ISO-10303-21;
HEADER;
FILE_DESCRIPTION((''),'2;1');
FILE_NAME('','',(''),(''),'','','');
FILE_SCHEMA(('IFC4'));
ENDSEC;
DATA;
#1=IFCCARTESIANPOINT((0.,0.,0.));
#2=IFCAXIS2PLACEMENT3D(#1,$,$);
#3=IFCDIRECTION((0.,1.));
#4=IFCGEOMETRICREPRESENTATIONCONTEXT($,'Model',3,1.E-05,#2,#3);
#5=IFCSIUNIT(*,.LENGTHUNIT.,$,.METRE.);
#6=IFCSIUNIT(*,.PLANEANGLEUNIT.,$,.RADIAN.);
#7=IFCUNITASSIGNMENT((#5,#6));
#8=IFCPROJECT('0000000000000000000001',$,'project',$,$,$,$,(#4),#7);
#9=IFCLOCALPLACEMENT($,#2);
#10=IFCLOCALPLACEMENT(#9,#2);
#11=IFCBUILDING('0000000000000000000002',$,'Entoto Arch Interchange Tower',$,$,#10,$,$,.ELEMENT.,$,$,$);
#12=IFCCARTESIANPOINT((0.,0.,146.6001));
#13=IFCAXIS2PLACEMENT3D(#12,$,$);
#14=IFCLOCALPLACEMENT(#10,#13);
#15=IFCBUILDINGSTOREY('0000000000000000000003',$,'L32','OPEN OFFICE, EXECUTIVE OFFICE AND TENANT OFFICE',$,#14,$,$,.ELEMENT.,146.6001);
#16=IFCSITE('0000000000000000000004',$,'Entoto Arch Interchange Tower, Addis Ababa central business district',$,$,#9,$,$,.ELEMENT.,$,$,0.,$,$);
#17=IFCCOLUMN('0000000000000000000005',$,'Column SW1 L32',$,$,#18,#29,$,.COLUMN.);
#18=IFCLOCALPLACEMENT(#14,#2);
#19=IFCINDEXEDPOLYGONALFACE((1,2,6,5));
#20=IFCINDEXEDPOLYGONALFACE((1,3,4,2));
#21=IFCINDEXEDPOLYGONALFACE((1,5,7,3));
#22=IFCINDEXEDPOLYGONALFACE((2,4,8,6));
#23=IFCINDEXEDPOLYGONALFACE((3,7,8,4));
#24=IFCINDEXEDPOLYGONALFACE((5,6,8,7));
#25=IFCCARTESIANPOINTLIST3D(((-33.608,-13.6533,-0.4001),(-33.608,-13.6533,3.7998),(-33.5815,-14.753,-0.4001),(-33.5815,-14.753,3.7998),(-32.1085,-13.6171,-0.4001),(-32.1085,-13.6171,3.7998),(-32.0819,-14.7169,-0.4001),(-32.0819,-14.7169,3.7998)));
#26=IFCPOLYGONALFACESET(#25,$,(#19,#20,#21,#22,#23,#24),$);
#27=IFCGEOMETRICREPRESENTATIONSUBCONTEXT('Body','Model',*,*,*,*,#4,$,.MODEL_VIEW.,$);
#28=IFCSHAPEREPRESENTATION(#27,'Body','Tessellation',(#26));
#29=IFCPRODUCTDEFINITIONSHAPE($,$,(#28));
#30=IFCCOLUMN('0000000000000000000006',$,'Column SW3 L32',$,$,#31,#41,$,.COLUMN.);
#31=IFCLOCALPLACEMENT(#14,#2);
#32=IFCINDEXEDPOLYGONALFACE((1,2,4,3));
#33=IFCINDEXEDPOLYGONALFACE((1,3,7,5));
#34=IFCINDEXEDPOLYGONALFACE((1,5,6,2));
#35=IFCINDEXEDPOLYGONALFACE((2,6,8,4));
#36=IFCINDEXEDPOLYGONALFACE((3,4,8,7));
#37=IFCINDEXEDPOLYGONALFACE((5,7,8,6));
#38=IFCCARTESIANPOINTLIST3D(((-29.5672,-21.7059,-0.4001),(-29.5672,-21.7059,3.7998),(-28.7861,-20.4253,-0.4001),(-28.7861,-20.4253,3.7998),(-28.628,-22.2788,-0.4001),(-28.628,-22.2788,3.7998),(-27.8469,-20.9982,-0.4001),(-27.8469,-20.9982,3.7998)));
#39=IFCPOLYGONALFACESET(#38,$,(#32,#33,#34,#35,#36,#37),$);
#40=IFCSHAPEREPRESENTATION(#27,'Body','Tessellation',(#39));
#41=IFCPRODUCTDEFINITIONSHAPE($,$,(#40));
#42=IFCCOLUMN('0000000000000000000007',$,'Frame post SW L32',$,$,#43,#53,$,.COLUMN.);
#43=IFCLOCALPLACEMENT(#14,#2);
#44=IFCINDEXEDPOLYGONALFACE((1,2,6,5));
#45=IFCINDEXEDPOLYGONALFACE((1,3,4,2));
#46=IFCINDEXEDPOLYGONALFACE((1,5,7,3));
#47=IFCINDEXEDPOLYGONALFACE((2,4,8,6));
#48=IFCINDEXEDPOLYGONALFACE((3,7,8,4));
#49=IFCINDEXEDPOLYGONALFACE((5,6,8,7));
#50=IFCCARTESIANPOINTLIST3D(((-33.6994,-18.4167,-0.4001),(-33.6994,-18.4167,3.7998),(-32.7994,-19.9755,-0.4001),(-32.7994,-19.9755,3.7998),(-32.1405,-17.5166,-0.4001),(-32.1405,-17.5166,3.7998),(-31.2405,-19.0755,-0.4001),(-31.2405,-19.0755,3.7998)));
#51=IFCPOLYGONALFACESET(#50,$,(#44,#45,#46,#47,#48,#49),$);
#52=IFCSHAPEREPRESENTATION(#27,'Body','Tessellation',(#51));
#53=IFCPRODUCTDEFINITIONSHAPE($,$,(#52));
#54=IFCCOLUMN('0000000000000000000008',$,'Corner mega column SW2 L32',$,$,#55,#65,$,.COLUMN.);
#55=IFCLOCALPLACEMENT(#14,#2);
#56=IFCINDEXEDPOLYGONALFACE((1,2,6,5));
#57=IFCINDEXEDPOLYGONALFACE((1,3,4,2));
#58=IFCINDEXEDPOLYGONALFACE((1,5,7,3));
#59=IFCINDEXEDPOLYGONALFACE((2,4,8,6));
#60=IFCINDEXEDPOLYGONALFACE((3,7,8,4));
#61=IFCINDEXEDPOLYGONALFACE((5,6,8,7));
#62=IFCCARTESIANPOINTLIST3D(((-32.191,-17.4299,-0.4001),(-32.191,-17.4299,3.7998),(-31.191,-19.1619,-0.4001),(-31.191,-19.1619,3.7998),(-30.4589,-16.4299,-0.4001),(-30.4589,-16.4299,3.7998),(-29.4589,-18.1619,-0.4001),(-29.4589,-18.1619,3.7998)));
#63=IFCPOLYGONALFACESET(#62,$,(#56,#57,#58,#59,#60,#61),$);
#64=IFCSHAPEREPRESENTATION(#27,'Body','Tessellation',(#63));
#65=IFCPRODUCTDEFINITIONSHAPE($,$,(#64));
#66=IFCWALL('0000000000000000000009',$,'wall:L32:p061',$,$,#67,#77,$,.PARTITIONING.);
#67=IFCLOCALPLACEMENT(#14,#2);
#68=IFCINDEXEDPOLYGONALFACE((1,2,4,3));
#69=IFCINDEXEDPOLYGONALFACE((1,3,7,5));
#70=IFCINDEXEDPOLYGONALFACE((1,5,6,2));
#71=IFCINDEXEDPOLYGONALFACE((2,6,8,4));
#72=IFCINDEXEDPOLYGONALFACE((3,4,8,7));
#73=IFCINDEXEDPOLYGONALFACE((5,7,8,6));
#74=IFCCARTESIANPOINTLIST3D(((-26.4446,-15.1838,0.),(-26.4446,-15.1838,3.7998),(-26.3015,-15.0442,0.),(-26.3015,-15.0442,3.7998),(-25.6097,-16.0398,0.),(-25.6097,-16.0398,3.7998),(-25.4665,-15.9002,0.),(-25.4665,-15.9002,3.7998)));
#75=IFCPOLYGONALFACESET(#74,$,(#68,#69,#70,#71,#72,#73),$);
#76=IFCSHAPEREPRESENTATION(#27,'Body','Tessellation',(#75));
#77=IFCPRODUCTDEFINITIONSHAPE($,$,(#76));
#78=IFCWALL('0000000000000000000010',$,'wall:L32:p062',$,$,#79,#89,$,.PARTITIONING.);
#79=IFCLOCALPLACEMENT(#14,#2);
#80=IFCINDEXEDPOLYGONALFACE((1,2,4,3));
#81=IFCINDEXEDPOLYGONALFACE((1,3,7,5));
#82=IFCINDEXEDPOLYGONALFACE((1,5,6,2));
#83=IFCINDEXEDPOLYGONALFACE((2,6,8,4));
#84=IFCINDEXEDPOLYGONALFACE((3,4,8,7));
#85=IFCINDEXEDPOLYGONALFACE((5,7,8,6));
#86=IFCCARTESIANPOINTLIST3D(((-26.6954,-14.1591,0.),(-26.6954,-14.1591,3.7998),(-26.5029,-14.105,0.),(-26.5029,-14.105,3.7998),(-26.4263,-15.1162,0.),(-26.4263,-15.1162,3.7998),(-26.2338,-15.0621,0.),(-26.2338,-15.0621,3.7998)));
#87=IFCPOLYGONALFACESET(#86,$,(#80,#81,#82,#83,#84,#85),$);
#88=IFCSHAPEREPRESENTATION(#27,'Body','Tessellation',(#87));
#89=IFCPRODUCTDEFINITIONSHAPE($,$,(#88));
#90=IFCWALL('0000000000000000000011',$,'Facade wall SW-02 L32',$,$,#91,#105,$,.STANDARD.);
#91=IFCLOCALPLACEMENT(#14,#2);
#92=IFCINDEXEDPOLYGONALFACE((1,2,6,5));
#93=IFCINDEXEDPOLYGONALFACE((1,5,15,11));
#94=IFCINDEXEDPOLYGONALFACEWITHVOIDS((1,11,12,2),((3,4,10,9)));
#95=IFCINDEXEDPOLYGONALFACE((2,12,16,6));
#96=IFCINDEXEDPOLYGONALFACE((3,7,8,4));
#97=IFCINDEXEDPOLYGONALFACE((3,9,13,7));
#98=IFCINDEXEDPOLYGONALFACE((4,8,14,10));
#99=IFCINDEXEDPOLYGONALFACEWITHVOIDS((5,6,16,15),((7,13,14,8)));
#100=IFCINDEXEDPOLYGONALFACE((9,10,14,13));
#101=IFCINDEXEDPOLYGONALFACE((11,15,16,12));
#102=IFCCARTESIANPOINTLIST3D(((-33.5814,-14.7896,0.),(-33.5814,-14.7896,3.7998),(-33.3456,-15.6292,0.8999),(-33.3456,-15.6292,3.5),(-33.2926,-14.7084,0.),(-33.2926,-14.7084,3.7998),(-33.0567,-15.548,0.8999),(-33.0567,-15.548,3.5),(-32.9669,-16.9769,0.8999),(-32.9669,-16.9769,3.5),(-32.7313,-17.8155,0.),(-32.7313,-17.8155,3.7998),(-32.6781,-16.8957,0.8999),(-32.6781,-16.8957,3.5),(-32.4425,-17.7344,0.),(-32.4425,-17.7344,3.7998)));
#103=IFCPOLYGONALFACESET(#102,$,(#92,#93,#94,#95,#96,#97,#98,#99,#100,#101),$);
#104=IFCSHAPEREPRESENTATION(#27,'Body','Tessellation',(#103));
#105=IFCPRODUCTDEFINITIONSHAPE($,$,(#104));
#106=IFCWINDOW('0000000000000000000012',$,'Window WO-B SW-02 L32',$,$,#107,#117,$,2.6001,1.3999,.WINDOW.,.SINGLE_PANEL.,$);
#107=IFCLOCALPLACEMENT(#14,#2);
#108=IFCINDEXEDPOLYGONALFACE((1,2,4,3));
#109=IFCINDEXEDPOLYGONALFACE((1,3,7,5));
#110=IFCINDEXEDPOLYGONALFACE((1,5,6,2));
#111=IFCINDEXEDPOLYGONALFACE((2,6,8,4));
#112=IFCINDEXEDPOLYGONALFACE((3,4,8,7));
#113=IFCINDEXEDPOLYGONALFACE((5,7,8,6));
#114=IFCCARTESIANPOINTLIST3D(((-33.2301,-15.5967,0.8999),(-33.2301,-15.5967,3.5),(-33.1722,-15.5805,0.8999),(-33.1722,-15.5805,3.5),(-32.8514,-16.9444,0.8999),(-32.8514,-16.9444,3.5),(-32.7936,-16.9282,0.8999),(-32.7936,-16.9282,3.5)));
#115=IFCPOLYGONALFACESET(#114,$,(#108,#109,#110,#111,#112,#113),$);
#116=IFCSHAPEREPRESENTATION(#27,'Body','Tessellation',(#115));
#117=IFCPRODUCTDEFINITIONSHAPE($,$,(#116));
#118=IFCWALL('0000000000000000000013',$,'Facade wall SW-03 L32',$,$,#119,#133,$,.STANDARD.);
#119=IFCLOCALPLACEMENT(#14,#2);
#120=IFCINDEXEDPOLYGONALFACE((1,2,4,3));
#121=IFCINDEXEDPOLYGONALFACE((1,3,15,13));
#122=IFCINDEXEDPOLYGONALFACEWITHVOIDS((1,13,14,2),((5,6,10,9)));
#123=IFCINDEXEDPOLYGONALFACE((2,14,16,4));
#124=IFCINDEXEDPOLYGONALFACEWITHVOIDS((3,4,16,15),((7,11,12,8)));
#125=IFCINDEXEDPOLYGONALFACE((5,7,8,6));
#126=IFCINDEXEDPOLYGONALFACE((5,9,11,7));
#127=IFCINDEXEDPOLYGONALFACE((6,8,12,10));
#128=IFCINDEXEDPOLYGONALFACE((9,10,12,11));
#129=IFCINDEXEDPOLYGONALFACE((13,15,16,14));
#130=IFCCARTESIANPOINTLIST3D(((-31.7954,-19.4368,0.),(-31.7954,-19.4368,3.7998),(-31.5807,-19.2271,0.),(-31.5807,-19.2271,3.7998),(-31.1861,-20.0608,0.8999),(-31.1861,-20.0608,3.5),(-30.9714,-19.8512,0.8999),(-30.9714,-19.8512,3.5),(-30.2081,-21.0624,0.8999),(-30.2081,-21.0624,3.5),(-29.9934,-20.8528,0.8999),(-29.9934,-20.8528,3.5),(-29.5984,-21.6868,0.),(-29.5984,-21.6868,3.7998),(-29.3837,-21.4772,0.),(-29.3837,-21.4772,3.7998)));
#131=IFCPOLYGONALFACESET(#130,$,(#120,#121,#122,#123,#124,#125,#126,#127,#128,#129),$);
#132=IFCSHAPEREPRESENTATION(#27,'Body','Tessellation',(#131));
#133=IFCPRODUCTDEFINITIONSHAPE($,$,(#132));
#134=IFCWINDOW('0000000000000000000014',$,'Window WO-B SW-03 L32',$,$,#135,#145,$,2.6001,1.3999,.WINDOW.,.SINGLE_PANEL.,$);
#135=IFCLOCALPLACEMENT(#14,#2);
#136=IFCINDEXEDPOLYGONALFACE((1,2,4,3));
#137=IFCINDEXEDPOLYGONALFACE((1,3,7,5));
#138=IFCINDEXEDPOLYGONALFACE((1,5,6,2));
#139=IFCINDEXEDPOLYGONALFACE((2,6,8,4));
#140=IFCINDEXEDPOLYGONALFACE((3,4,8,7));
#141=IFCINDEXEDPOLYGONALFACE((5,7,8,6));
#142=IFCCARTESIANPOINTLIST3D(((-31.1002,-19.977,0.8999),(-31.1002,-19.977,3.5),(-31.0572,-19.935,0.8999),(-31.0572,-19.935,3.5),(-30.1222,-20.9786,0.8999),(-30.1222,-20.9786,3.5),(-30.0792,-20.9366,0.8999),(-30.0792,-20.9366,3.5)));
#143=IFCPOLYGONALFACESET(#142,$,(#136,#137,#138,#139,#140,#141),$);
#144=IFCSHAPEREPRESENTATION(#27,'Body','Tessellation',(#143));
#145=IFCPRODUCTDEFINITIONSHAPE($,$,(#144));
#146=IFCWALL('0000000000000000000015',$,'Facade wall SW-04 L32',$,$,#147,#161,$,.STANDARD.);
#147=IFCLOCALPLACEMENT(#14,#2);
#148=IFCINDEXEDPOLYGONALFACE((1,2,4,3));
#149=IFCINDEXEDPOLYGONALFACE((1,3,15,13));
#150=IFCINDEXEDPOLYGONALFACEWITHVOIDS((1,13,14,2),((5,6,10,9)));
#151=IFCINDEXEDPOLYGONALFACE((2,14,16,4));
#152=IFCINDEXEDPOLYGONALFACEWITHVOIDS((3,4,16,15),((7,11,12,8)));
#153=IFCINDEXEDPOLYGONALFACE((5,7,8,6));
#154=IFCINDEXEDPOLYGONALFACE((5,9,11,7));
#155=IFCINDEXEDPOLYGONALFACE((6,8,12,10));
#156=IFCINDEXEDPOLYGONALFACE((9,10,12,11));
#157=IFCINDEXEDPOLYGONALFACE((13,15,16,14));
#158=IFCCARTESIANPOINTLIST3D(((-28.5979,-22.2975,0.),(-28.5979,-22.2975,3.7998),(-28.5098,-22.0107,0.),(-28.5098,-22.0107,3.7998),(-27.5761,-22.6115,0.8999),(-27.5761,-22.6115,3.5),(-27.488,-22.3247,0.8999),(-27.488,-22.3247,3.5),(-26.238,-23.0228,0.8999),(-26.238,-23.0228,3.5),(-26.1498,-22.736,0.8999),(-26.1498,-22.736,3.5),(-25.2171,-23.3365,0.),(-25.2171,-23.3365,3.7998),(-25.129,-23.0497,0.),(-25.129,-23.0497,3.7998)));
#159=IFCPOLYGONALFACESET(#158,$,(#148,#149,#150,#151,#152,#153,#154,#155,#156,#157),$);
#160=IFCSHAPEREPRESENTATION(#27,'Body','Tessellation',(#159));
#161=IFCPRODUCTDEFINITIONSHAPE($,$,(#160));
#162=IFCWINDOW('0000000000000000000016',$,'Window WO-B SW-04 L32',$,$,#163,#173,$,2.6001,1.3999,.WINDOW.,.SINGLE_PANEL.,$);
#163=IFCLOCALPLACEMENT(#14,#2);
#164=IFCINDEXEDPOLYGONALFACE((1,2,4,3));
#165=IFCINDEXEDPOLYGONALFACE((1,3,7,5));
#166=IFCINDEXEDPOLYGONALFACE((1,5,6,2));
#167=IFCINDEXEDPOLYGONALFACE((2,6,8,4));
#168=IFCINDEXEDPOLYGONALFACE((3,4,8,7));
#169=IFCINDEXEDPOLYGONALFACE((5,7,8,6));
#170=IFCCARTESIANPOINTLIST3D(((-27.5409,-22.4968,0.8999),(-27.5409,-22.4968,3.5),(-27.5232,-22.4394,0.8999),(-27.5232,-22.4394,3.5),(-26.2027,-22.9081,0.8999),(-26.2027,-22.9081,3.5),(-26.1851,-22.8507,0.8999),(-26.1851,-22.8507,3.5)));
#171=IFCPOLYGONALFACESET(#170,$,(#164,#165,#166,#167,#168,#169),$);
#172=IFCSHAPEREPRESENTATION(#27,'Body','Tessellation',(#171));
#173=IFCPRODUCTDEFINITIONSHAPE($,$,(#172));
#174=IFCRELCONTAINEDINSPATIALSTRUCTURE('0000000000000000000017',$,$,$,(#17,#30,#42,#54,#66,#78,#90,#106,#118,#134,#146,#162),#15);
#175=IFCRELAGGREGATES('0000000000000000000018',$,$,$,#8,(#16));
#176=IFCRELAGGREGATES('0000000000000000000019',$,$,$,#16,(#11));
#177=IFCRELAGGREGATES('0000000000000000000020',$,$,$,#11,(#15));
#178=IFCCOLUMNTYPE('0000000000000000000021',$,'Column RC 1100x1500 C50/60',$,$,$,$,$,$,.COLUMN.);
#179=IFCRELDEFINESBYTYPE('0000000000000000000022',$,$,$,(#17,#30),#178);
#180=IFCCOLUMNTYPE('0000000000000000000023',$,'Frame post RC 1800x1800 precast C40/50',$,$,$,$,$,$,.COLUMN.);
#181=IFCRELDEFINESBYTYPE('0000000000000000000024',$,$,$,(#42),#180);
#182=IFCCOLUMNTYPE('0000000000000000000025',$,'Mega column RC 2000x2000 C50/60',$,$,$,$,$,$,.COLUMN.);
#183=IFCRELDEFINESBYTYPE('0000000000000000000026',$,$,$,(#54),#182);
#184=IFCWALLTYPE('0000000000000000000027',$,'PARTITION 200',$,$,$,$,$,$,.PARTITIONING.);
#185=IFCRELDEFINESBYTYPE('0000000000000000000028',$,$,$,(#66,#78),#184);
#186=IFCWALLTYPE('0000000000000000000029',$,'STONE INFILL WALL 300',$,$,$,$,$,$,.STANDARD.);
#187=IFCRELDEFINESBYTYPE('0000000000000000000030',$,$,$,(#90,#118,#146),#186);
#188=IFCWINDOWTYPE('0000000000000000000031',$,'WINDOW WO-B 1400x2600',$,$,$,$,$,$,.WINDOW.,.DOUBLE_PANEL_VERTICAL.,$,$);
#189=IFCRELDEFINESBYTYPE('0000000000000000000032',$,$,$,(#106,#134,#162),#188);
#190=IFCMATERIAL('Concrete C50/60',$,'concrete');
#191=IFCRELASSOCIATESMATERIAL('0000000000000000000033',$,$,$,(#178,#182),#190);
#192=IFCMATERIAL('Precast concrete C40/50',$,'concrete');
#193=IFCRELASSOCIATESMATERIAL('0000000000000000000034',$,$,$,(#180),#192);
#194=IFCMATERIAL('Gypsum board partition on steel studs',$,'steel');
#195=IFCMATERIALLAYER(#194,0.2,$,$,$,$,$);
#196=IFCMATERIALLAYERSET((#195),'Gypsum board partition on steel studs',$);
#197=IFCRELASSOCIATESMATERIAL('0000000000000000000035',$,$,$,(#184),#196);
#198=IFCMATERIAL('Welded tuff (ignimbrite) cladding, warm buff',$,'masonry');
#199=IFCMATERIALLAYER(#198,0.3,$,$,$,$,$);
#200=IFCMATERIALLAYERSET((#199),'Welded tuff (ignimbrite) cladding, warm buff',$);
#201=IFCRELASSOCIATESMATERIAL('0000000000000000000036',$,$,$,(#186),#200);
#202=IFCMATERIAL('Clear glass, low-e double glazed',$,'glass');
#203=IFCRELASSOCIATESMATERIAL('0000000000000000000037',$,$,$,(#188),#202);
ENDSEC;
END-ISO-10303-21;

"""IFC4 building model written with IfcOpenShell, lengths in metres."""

from ifc_helpers import new_model, si_unit, direction, frame, frame_2d, origin, origin_2d, place, context, subcontext, project, spatial, rectangle, extrude, material, layer, layer_set, material_profile, profile_set, type_object, element, fill, save


model = new_model("IFC4")

# Units and contexts
model_context = context("Model", 3, precision=1e-05, world=origin(), true_north=direction((0.0, 1.0)))
body_context = subcontext(model_context, "Body", "Model", "MODEL_VIEW")
ifc_project = project(units=[si_unit("LENGTHUNIT", "METRE"), si_unit("PLANEANGLEUNIT", "RADIAN")], contexts=[model_context])

# Site, building, storey
site_placement = place(None, origin())
site = spatial("IfcSite", under=ifc_project, at=site_placement, Name="Entoto Arch Interchange Tower, Addis Ababa central business district", CompositionType="ELEMENT", RefElevation=0.0)
building_placement = place(site_placement, origin())
building = spatial("IfcBuilding", under=site, at=building_placement, Name="Entoto Arch Interchange Tower", CompositionType="ELEMENT")
storey_placement = place(building_placement, frame((0.0, 0.0, 146.6001)))
storey = spatial("IfcBuildingStorey", under=building, at=storey_placement, Name="L32", Description="OPEN OFFICE, EXECUTIVE OFFICE AND TENANT OFFICE", CompositionType="ELEMENT", Elevation=146.6001)

# Columns
ifc_material_1 = material(Name="Concrete C50/60", Category="concrete")
ifc_material_profile_1 = material_profile(ifc_material_1, rectangle(XDim=1.1001, YDim=1.5, at=origin_2d()))
ifc_profile_set_1 = profile_set([ifc_material_profile_1], Name="Concrete C50/60")
column_type_1 = type_object("IfcColumnType", Name="Column RC 1100x1500 C50/60", PredefinedType="COLUMN", material=ifc_profile_set_1)
for number, where, z_axis, x_axis, name in (
    (1, (-32.845, -14.1851, -0.4001), (0.0, 0.0, 1.0), (-0.024118, 0.999709, 0.0), "Column SW1 L32"),
    (2, (-28.707, -21.3521, -0.4001), (0.0, 0.0, 1.0), (-0.853714, 0.520741, 0.0), "Column SW3 L32"),
):
    element("IfcColumn", number, at=place(storey_placement, frame(where, z_axis=z_axis, x_axis=x_axis)), inside=storey, type_object=column_type_1, Name=name, PredefinedType="COLUMN", context=body_context, shape_type="SweptSolid", body=[
        extrude(rectangle(XDim=1.1001, YDim=1.5, at=origin_2d()), origin(), (0.0, 0.0, 1.0), 4.2),
    ])
ifc_material_2 = material(Name="Precast concrete C40/50", Category="concrete")
ifc_material_profile_2 = material_profile(ifc_material_2, rectangle(XDim=1.8, YDim=1.8, at=origin_2d()))
ifc_profile_set_2 = profile_set([ifc_material_profile_2], Name="Precast concrete C40/50")
column_type_2 = type_object("IfcColumnType", Name="Frame post RC 1800x1800 precast C40/50", PredefinedType="COLUMN", material=ifc_profile_set_2)
column_1_placement = place(storey_placement, frame((-32.47, -18.7461, -0.4001), z_axis=(0.0, 0.0, 1.0), x_axis=(0.866025, 0.5, 0.0)))
element("IfcColumn", 3, at=column_1_placement, inside=storey, type_object=column_type_2, Name="Frame post SW L32", PredefinedType="COLUMN", context=body_context, shape_type="SweptSolid", body=[
    extrude(rectangle(XDim=1.8, YDim=1.8, at=origin_2d()), origin(), (0.0, 0.0, 1.0), 4.2),
])
ifc_material_profile_3 = material_profile(ifc_material_1, rectangle(XDim=2.0, YDim=2.0, at=origin_2d()))
ifc_profile_set_3 = profile_set([ifc_material_profile_3], Name="Concrete C50/60")
column_type_3 = type_object("IfcColumnType", Name="Mega column RC 2000x2000 C50/60", PredefinedType="COLUMN", material=ifc_profile_set_3)
column_2_placement = place(storey_placement, frame((-30.825, -17.7959, -0.4001), z_axis=(0.0, 0.0, 1.0), x_axis=(0.866025, 0.5, 0.0)))
element("IfcColumn", 4, at=column_2_placement, inside=storey, type_object=column_type_3, Name="Corner mega column SW2 L32", PredefinedType="COLUMN", context=body_context, shape_type="SweptSolid", body=[
    extrude(rectangle(XDim=2.0, YDim=2.0, at=origin_2d()), origin(), (0.0, 0.0, 1.0), 4.2),
])

# Walls
ifc_material_3 = material(Name="Gypsum board partition on steel studs", Category="steel")
ifc_layer_1 = layer(ifc_material_3, 0.2)
ifc_layer_set_1 = layer_set([ifc_layer_1], Name="Gypsum board partition on steel studs")
wall_type_1 = type_object("IfcWallType", Name="PARTITION 200", PredefinedType="PARTITIONING", material=ifc_layer_set_1)
wall_1_placement = place(storey_placement, frame((-25.5381, -15.97, 0.0), z_axis=(0.0, 0.0, 1.0), x_axis=(-0.698273, 0.715832, 0.0)))
element("IfcWall", 5, at=wall_1_placement, inside=storey, type_object=wall_type_1, Name="wall:L32:p061", PredefinedType="PARTITIONING", context=body_context, shape_type="SweptSolid", body=[
    extrude(rectangle(XDim=1.1958, YDim=0.2, at=frame_2d((0.5979, 0.0))), origin(), (0.0, 0.0, 1.0), 3.7998),
])
wall_2_placement = place(storey_placement, frame((-26.3301, -15.0891, 0.0), z_axis=(0.0, 0.0, 1.0), x_axis=(-0.270632, 0.962683, 0.0)))
element("IfcWall", 6, at=wall_2_placement, inside=storey, type_object=wall_type_1, Name="wall:L32:p062", PredefinedType="PARTITIONING", context=body_context, shape_type="SweptSolid", body=[
    extrude(rectangle(XDim=0.9941, YDim=0.2, at=frame_2d((0.4971, 0.0))), origin(), (0.0, 0.0, 1.0), 3.7998),
])

# Walls, openings, windows
ifc_material_4 = material(Name="Welded tuff (ignimbrite) cladding, warm buff", Category="masonry")
ifc_layer_2 = layer(ifc_material_4, 0.3)
ifc_layer_set_2 = layer_set([ifc_layer_2], Name="Welded tuff (ignimbrite) cladding, warm buff")
wall_type_2 = type_object("IfcWallType", Name="STONE INFILL WALL 300", PredefinedType="STANDARD", material=ifc_layer_set_2)
wall_3_placement = place(storey_placement, frame((-33.437, -14.749, 0.0), z_axis=(0.0, 0.0, 1.0), x_axis=(0.270471, -0.962728, 0.0)))
wall_3 = element("IfcWall", 7, at=wall_3_placement, inside=storey, type_object=wall_type_2, Name="Facade wall SW-02 L32", PredefinedType="STANDARD", context=body_context, shape_type="SweptSolid", body=[
    extrude(rectangle(XDim=3.1431, YDim=0.3, at=frame_2d((1.5715, 0.0))), origin(), (0.0, 0.0, 1.0), 3.7998),
])
opening_1_placement = place(wall_3_placement, frame((0.8721, 0.0, 0.8999)))
opening_1 = element("IfcOpeningElement", 8, at=opening_1_placement, cuts=wall_3, PredefinedType="OPENING", context=body_context, shape_type="SweptSolid", body=[
    extrude(rectangle(XDim=1.3999, YDim=2.6001, at=frame_2d((0.7, 1.3))), frame((0.0, 0.1602, 0.0), z_axis=(0.0, -1.0, 0.0), x_axis=(1.0, 0.0, 0.0)), (0.0, 0.0, 1.0), 0.3201),
])
ifc_material_5 = material(Name="Clear glass, low-e double glazed", Category="glass")
window_type = type_object("IfcWindowType", Name="WINDOW WO-B 1400x2600", PartitioningType="DOUBLE_PANEL_VERTICAL", PredefinedType="WINDOW", material=ifc_material_5)
window_1_placement = place(opening_1_placement, origin())
window_1 = element("IfcWindow", 9, at=window_1_placement, inside=storey, type_object=window_type, Name="Window WO-B SW-02 L32", OverallHeight=2.6001, OverallWidth=1.3999, PartitioningType="SINGLE_PANEL", PredefinedType="WINDOW", context=body_context, shape_type="SweptSolid", body=[
    extrude(rectangle(XDim=1.3999, YDim=2.6001, at=frame_2d((0.7, 1.3))), frame((0.0, 0.03, 0.0), z_axis=(0.0, -1.0, 0.0), x_axis=(1.0, 0.0, 0.0)), (0.0, 0.0, 1.0), 0.0601),
])
fill(opening_1, window_1)
wall_4_placement = place(storey_placement, frame((-31.688, -19.332, 0.0), z_axis=(0.0, 0.0, 1.0), x_axis=(0.698633, -0.71548, 0.0)))
wall_4 = element("IfcWall", 10, at=wall_4_placement, inside=storey, type_object=wall_type_2, Name="Facade wall SW-03 L32", PredefinedType="STANDARD", context=body_context, shape_type="SweptSolid", body=[
    extrude(rectangle(XDim=3.1448, YDim=0.3, at=frame_2d((1.5723, 0.0))), origin(), (0.0, 0.0, 1.0), 3.7998),
])
opening_2_placement = place(wall_4_placement, frame((0.8721, 0.0, 0.8999)))
opening_2 = element("IfcOpeningElement", 11, at=opening_2_placement, cuts=wall_4, PredefinedType="OPENING", context=body_context, shape_type="SweptSolid", body=[
    extrude(rectangle(XDim=1.3999, YDim=2.6001, at=frame_2d((0.7, 1.3))), frame((0.0, 0.1602, 0.0), z_axis=(0.0, -1.0, 0.0), x_axis=(1.0, 0.0, 0.0)), (0.0, 0.0, 1.0), 0.3201),
])
window_2_placement = place(opening_2_placement, origin())
window_2 = element("IfcWindow", 12, at=window_2_placement, inside=storey, type_object=window_type, Name="Window WO-B SW-03 L32", OverallHeight=2.6001, OverallWidth=1.3999, PartitioningType="SINGLE_PANEL", PredefinedType="WINDOW", context=body_context, shape_type="SweptSolid", body=[
    extrude(rectangle(XDim=1.3999, YDim=2.6001, at=frame_2d((0.7, 1.3))), frame((0.0, 0.03, 0.0), z_axis=(0.0, -1.0, 0.0), x_axis=(1.0, 0.0, 0.0)), (0.0, 0.0, 1.0), 0.0601),
])
fill(opening_2, window_2)
wall_5_placement = place(storey_placement, frame((-28.554, -22.1541, 0.0), z_axis=(0.0, 0.0, 1.0), x_axis=(0.955874, -0.293775, 0.0)))
wall_5 = element("IfcWall", 13, at=wall_5_placement, inside=storey, type_object=wall_type_2, Name="Facade wall SW-04 L32", PredefinedType="STANDARD", context=body_context, shape_type="SweptSolid", body=[
    extrude(rectangle(XDim=3.5369, YDim=0.3, at=frame_2d((1.7686, 0.0))), origin(), (0.0, 0.0, 1.0), 3.7998),
])
opening_3_placement = place(wall_5_placement, frame((1.0691, 0.0, 0.8999)))
opening_3 = element("IfcOpeningElement", 14, at=opening_3_placement, cuts=wall_5, PredefinedType="OPENING", context=body_context, shape_type="SweptSolid", body=[
    extrude(rectangle(XDim=1.3999, YDim=2.6001, at=frame_2d((0.7, 1.3))), frame((0.0, 0.1602, 0.0), z_axis=(0.0, -1.0, 0.0), x_axis=(1.0, 0.0, 0.0)), (0.0, 0.0, 1.0), 0.3201),
])
window_3_placement = place(opening_3_placement, origin())
window_3 = element("IfcWindow", 15, at=window_3_placement, inside=storey, type_object=window_type, Name="Window WO-B SW-04 L32", OverallHeight=2.6001, OverallWidth=1.3999, PartitioningType="SINGLE_PANEL", PredefinedType="WINDOW", context=body_context, shape_type="SweptSolid", body=[
    extrude(rectangle(XDim=1.3999, YDim=2.6001, at=frame_2d((0.7, 1.3))), frame((0.0, 0.03, 0.0), z_axis=(0.0, -1.0, 0.0), x_axis=(1.0, 0.0, 0.0)), (0.0, 0.0, 1.0), 0.0601),
])
fill(opening_3, window_3)

save(model, "model.ifc")
